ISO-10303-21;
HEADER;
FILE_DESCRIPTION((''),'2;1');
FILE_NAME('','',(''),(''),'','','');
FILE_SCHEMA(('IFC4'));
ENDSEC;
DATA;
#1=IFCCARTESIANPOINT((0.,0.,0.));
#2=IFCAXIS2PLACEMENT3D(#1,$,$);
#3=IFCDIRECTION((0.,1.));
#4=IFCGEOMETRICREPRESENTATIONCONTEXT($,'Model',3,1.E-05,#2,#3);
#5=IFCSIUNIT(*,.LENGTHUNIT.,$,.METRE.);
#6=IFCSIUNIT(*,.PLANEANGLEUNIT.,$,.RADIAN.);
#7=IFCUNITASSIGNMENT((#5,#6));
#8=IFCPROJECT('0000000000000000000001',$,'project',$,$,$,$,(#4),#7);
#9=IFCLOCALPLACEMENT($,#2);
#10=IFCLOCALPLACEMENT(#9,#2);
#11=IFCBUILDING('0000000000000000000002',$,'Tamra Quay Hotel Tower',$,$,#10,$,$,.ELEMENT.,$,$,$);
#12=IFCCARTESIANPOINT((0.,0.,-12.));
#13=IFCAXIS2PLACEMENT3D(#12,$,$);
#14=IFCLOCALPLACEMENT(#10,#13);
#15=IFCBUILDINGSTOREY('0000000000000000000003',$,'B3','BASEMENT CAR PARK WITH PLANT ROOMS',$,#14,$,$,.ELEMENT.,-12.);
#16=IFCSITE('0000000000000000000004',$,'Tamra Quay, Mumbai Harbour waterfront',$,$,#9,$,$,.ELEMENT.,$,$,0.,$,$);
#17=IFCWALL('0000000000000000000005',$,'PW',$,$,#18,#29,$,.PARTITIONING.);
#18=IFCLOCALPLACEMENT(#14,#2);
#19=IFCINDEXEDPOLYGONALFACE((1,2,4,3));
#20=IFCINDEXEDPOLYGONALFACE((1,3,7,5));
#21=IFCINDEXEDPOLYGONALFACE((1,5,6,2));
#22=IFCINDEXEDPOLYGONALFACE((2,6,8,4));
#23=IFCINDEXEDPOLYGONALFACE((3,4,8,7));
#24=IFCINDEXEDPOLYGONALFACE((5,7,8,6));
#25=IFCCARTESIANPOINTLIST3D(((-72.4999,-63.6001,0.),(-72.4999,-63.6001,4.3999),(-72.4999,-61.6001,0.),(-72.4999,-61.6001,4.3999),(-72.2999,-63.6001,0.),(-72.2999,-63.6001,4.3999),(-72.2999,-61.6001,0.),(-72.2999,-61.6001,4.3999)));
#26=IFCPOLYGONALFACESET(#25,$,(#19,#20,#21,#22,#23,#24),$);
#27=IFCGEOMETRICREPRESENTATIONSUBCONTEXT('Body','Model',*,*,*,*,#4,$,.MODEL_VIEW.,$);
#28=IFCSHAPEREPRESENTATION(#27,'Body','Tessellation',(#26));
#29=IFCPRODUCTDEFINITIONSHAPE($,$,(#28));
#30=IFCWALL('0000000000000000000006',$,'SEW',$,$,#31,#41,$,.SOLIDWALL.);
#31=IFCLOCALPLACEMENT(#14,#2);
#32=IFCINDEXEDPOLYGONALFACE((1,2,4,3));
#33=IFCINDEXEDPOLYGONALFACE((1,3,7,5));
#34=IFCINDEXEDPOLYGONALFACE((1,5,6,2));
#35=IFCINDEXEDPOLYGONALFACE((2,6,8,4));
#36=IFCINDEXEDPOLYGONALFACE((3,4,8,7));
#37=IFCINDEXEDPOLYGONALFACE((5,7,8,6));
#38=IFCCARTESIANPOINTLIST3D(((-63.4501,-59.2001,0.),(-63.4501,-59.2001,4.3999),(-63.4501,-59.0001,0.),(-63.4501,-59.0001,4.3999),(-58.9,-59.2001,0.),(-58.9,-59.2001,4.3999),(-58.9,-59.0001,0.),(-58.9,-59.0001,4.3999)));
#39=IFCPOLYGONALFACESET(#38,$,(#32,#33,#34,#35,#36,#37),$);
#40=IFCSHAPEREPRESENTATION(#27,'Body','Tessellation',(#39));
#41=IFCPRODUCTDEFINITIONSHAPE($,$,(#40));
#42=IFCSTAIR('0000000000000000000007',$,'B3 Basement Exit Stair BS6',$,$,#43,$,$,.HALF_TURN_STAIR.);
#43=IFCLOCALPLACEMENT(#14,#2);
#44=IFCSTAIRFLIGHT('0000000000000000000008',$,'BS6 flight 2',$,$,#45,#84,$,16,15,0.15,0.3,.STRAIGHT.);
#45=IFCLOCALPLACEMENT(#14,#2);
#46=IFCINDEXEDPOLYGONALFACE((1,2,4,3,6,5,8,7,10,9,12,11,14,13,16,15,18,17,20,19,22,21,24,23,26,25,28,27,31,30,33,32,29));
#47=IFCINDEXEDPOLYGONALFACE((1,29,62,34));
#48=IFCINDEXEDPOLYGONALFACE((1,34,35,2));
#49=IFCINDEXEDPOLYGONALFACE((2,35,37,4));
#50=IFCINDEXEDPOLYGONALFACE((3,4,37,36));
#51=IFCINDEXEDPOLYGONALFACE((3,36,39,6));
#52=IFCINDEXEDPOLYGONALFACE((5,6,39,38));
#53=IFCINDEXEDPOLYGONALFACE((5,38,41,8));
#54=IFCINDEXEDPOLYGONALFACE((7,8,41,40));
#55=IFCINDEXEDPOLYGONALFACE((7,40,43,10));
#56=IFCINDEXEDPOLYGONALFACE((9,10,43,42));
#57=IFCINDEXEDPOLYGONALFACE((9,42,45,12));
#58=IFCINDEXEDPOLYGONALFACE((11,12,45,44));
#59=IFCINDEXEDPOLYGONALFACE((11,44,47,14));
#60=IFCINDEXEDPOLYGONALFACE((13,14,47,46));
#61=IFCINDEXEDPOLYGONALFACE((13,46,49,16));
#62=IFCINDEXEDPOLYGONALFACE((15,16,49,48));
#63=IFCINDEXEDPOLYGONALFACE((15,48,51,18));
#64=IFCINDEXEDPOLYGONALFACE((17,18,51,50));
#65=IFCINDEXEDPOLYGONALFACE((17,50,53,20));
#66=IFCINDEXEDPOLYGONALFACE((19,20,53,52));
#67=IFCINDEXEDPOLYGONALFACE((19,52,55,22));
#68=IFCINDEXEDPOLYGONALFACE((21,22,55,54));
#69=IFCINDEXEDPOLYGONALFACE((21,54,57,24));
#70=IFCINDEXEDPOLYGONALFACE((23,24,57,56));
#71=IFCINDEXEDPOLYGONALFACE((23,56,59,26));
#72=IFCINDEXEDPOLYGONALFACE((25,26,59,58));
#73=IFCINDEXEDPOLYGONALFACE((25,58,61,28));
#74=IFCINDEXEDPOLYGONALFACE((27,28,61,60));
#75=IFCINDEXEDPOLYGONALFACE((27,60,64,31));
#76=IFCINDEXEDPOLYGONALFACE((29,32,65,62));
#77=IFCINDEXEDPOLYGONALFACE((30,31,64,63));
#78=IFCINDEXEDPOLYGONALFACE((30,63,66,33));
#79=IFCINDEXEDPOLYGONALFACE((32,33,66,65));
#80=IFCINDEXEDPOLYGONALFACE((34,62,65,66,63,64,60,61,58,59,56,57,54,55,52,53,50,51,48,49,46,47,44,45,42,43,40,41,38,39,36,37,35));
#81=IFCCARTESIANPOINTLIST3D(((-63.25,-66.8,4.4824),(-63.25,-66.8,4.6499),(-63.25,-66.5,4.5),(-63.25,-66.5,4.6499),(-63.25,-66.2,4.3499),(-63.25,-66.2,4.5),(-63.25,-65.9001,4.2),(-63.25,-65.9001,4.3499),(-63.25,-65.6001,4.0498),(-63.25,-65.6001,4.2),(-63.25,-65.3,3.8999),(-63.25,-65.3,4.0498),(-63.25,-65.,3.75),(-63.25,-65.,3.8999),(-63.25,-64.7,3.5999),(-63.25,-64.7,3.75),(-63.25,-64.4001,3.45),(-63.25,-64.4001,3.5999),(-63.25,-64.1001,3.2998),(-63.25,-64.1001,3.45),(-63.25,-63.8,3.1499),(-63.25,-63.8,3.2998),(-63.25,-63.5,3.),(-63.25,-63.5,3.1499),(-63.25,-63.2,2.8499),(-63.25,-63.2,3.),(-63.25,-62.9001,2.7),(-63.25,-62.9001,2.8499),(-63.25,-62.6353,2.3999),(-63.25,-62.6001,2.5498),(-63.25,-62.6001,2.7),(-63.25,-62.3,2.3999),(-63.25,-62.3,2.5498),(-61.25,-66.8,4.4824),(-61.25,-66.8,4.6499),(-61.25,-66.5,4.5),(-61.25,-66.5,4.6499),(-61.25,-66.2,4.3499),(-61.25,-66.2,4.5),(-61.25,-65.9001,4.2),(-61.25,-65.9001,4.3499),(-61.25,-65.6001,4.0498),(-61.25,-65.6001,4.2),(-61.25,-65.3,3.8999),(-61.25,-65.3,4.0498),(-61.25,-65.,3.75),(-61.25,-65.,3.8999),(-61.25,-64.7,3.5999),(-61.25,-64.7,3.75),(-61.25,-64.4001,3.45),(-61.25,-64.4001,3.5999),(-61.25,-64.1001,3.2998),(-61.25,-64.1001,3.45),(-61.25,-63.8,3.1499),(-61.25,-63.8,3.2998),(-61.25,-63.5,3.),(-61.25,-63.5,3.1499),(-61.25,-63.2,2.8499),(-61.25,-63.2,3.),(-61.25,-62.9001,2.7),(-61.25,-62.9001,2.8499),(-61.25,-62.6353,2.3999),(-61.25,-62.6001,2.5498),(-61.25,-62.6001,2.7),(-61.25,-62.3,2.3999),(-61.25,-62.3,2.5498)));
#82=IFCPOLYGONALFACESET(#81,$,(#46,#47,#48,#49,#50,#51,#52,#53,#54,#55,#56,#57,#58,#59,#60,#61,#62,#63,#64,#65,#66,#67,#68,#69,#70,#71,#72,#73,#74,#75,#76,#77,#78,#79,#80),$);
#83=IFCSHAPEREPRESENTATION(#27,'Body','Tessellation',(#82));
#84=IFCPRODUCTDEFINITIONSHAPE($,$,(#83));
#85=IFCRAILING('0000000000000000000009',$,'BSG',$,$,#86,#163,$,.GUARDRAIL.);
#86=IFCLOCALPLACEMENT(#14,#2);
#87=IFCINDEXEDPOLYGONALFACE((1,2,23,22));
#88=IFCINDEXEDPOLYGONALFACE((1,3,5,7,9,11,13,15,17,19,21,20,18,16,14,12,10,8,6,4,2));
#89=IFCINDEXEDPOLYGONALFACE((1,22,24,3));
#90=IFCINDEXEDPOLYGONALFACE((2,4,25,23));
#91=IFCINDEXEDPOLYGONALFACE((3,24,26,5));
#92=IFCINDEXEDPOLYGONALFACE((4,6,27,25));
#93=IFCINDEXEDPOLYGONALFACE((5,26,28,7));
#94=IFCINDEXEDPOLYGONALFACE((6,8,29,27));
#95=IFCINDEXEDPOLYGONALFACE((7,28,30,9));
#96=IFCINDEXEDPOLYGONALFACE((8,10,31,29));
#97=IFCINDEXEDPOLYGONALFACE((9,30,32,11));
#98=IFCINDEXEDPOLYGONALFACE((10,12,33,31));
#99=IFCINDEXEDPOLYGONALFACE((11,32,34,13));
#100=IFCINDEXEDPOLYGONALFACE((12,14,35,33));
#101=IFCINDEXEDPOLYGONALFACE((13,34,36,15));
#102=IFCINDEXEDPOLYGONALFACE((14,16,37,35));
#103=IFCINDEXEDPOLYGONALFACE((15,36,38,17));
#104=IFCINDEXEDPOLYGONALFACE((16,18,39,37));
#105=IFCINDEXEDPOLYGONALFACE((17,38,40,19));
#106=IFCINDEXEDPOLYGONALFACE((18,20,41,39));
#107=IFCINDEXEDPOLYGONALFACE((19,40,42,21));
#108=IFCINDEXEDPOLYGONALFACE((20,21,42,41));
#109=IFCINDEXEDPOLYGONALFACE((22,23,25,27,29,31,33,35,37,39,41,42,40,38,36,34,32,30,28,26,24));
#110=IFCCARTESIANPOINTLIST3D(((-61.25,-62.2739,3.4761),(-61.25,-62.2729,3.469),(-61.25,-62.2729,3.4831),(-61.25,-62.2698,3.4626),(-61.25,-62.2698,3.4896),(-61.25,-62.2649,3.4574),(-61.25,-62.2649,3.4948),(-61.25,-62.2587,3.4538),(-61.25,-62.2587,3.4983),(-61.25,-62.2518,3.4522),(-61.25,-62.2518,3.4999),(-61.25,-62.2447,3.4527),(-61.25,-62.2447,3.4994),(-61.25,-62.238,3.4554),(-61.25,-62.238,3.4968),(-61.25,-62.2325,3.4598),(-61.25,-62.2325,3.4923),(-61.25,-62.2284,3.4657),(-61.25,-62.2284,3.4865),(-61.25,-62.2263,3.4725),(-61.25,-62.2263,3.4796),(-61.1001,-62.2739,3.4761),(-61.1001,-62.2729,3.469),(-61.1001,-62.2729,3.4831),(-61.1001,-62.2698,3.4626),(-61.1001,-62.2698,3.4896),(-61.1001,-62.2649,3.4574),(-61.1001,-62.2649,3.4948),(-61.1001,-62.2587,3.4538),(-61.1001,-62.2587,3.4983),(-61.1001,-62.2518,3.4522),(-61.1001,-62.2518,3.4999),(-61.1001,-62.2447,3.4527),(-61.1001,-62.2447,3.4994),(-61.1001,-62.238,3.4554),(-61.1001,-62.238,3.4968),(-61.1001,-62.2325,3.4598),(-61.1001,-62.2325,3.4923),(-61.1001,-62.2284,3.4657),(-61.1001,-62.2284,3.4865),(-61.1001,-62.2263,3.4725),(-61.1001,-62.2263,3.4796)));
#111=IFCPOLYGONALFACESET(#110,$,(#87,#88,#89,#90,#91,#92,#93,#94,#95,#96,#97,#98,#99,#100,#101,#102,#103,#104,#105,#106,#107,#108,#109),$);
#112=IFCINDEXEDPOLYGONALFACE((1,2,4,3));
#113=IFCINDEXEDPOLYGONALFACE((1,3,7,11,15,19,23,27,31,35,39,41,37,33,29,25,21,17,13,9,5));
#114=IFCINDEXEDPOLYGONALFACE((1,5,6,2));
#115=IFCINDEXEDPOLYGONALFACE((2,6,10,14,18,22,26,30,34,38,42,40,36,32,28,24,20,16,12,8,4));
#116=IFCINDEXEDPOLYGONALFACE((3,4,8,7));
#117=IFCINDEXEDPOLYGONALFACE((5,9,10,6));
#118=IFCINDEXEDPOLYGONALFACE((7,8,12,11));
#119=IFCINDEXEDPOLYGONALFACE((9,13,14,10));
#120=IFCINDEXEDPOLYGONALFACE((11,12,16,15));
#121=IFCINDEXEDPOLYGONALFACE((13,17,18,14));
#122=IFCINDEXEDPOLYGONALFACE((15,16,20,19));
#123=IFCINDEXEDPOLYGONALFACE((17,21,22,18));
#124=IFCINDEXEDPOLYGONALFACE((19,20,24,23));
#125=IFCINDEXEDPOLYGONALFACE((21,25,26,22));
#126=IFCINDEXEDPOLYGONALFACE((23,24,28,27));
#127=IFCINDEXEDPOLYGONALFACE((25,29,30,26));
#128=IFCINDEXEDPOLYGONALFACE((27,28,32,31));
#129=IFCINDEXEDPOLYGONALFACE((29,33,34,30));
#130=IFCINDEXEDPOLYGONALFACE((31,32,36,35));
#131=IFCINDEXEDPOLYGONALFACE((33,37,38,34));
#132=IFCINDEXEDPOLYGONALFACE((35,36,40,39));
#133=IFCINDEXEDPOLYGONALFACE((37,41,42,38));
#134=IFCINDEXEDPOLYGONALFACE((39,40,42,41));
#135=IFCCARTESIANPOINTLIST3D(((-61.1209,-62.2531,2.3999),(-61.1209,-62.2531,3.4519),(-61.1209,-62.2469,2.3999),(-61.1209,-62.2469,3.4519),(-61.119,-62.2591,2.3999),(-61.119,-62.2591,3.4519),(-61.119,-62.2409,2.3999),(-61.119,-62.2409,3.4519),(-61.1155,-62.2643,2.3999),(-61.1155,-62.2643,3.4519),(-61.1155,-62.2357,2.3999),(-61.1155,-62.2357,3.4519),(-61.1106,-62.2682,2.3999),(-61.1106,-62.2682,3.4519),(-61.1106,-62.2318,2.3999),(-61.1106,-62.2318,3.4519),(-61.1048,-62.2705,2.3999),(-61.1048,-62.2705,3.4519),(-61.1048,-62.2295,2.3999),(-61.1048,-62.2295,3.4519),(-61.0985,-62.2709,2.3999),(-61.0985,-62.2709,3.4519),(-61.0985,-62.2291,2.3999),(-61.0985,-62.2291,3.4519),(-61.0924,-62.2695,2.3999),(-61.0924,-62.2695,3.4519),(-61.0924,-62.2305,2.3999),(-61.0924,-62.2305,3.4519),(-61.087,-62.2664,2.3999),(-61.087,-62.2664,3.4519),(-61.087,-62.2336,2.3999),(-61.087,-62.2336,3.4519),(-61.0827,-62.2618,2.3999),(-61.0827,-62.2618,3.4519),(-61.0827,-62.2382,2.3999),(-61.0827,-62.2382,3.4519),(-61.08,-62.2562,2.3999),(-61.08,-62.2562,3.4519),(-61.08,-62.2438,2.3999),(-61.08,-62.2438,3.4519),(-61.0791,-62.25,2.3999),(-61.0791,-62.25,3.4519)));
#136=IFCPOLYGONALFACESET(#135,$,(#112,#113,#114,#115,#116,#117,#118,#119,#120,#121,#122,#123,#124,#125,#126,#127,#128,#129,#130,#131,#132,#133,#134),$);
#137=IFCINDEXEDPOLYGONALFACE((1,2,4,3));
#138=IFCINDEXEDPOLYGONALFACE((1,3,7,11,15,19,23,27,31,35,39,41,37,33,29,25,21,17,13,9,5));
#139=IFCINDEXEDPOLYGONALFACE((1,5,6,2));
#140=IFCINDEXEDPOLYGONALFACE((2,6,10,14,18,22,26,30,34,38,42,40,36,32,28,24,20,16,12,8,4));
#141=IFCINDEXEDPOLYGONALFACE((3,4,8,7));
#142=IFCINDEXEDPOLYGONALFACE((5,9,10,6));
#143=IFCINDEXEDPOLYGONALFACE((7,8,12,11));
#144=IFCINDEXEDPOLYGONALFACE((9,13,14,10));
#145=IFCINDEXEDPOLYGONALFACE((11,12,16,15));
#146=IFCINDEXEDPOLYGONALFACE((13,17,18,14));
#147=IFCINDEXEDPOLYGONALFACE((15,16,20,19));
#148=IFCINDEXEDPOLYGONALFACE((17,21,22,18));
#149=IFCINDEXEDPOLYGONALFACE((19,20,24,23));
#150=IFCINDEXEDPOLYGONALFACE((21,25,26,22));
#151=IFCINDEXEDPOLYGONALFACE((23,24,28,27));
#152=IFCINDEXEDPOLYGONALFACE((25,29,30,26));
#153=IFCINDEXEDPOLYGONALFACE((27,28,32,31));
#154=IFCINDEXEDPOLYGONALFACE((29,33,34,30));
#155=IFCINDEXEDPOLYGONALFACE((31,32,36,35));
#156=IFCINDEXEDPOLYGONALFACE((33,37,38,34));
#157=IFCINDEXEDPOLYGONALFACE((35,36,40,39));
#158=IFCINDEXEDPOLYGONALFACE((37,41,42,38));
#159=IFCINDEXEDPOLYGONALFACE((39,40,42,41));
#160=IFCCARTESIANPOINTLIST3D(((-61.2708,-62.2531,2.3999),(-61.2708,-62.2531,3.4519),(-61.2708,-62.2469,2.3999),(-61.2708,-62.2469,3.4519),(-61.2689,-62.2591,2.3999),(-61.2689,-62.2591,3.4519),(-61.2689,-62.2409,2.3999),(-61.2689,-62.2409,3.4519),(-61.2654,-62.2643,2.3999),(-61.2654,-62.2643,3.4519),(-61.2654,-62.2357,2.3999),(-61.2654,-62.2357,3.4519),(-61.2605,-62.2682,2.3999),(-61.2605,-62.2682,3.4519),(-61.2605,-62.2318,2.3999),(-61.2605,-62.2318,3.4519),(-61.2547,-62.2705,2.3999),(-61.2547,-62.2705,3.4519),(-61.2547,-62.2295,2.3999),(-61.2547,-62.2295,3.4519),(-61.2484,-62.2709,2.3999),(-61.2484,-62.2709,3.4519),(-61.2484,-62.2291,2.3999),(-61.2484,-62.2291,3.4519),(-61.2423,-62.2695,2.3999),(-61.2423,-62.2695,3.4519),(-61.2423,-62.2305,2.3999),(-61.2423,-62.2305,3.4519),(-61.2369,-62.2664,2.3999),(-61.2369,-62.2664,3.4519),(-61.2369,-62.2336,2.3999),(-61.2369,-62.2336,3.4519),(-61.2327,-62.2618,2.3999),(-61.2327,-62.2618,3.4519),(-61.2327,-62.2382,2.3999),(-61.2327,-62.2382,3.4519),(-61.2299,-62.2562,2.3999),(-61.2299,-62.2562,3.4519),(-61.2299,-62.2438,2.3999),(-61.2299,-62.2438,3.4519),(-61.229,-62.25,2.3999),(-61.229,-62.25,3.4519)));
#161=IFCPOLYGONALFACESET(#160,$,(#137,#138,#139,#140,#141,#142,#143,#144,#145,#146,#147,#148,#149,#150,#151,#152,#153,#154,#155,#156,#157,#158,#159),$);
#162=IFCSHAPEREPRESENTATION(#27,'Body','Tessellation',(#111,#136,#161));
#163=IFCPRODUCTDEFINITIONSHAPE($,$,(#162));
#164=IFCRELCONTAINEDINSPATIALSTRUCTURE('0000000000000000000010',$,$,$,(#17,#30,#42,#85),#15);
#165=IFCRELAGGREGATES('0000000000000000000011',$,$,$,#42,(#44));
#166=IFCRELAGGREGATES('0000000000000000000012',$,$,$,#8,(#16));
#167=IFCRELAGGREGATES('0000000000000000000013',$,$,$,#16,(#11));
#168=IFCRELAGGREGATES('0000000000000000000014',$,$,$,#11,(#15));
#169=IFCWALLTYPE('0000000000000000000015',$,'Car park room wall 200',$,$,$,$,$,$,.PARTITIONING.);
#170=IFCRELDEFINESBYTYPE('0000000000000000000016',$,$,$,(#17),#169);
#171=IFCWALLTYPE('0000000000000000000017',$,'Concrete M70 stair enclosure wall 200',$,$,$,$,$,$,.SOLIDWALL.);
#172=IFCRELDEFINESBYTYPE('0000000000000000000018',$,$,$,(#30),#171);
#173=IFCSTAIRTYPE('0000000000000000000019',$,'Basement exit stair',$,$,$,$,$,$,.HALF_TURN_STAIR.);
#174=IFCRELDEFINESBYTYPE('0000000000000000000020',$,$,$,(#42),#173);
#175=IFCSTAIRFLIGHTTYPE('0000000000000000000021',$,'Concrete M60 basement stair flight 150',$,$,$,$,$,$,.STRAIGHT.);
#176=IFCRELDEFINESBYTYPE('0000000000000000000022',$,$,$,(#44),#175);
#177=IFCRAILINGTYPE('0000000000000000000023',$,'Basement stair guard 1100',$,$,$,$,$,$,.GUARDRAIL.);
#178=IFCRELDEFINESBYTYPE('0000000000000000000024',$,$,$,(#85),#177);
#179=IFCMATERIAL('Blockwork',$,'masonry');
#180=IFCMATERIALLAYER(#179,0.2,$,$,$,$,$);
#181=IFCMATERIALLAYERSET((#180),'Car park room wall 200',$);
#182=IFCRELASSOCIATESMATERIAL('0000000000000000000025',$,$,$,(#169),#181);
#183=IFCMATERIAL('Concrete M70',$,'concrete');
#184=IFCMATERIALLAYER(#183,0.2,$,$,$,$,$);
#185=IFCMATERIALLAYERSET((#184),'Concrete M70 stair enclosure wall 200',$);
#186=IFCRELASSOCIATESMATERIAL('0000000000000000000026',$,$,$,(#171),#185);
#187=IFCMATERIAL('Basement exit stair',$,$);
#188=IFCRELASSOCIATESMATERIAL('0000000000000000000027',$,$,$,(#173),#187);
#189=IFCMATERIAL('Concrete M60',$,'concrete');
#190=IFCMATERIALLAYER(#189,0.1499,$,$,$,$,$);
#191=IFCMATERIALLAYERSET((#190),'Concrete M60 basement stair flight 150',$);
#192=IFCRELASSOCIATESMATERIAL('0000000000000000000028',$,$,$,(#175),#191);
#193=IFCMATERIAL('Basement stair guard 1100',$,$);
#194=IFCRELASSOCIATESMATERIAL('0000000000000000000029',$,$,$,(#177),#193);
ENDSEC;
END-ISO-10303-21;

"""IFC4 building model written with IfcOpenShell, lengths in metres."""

from ifc_helpers import new_model, si_unit, direction, frame, frame_2d, origin, origin_2d, place, context, subcontext, project, spatial, polyline, rectangle, circle, outline, extrude, material, layer, layer_set, type_object, element, aggregate, save


model = new_model("IFC4")

# Units and contexts
model_context = context("Model", 3, precision=1e-05, world=origin(), true_north=direction((0.0, 1.0)))
body_context = subcontext(model_context, "Body", "Model", "MODEL_VIEW")
ifc_project = project(units=[si_unit("LENGTHUNIT", "METRE"), si_unit("PLANEANGLEUNIT", "RADIAN")], contexts=[model_context])

# Site, building, storey
site_placement = place(None, origin())
site = spatial("IfcSite", under=ifc_project, at=site_placement, Name="Tamra Quay, Mumbai Harbour waterfront", CompositionType="ELEMENT", RefElevation=0.0)
building_placement = place(site_placement, origin())
building = spatial("IfcBuilding", under=site, at=building_placement, Name="Tamra Quay Hotel Tower", CompositionType="ELEMENT")
storey_placement = place(building_placement, frame((0.0, 0.0, -12.0)))
storey = spatial("IfcBuildingStorey", under=building, at=storey_placement, Name="B3", Description="BASEMENT CAR PARK WITH PLANT ROOMS", CompositionType="ELEMENT", Elevation=-12.0)

# Shared definitions
ifc_material_1 = material(Name="Concrete M70", Category="concrete")

# Shared definitions
ifc_material_2 = material(Name="Blockwork", Category="masonry")
ifc_layer_1 = layer(ifc_material_2, 0.2)
ifc_layer_set_1 = layer_set([ifc_layer_1], Name="Car park room wall 200")
wall_type_1 = type_object("IfcWallType", Name="Car park room wall 200", PredefinedType="PARTITIONING", material=ifc_layer_set_1)

# Walls
wall_1_placement = place(storey_placement, frame((-72.3999, -63.6001, 0.0), z_axis=(0.0, 0.0, 1.0), x_axis=(0.0, 1.0, 0.0)))
element("IfcWall", 1, at=wall_1_placement, inside=storey, type_object=wall_type_1, Name="PW", PredefinedType="PARTITIONING", context=body_context, shape_type="SweptSolid", body=[
    extrude(rectangle(XDim=2.0, YDim=0.2, at=frame_2d((1.0, 0.0))), origin(), (0.0, 0.0, 1.0), 4.3999),
])
ifc_layer_2 = layer(ifc_material_1, 0.2)
ifc_layer_set_2 = layer_set([ifc_layer_2], Name="Concrete M70 stair enclosure wall 200")
wall_type_2 = type_object("IfcWallType", Name="Concrete M70 stair enclosure wall 200", PredefinedType="SOLIDWALL", material=ifc_layer_set_2)
wall_2_placement = place(storey_placement, frame((-63.45, -59.1001, 0.0), z_axis=(0.0, 0.0, 1.0), x_axis=(1.0, 0.0, 0.0)))
element("IfcWall", 2, at=wall_2_placement, inside=storey, type_object=wall_type_2, Name="SEW", PredefinedType="SOLIDWALL", context=body_context, shape_type="SweptSolid", body=[
    extrude(rectangle(XDim=4.55, YDim=0.2, at=frame_2d((2.2749, 0.0))), origin(), (0.0, 0.0, 1.0), 4.3999),
])

# Stair, stair flight
ifc_material_3 = material(Name="Basement exit stair")
stair_type = type_object("IfcStairType", Name="Basement exit stair", PredefinedType="HALF_TURN_STAIR", material=ifc_material_3)
stair_placement = place(storey_placement, origin())
stair = element("IfcStair", 3, at=stair_placement, inside=storey, type_object=stair_type, Name="B3 Basement Exit Stair BS6", PredefinedType="HALF_TURN_STAIR")
ifc_material_4 = material(Name="Concrete M60", Category="concrete")
ifc_layer_3 = layer(ifc_material_4, 0.1499)
ifc_layer_set_3 = layer_set([ifc_layer_3], Name="Concrete M60 basement stair flight 150")
stair_flight_type = type_object("IfcStairFlightType", Name="Concrete M60 basement stair flight 150", PredefinedType="STRAIGHT", material=ifc_layer_set_3)
stair_flight_placement = place(storey_placement, frame((-62.25, -62.3, 2.3999), z_axis=(0.0, 0.0, 1.0), x_axis=(0.0, -1.0, 0.0)))
stair_flight = element("IfcStairFlight", 4, at=stair_flight_placement, type_object=stair_flight_type, Name="BS6 flight 2", NumberOfRisers=16, NumberOfTreads=15, PredefinedType="STRAIGHT", RiserHeight=0.15, TreadLength=0.3, context=body_context, shape_type="SweptSolid", body=[
    extrude(outline(polyline([(0.0, 0.0), (0.0, 0.1499), (0.3, 0.1499), (0.3, 0.3), (0.6001, 0.3), (0.6001, 0.45), (0.8999, 0.45), (0.8999, 0.6001), (1.2, 0.6001), (1.2, 0.75), (1.5, 0.75), (1.5, 0.8999), (1.8, 0.8999), (1.8, 1.05), (2.1001, 1.05), (2.1001, 1.2), (2.3999, 1.2), (2.3999, 1.3501), (2.7, 1.3501), (2.7, 1.5), (3.0, 1.5), (3.0, 1.6499), (3.3, 1.6499), (3.3, 1.8), (3.6001, 1.8), (3.6001, 1.95), (3.8999, 1.95), (3.8999, 2.1001), (4.2, 2.1001), (4.2, 2.25), (4.5, 2.25), (4.5, 2.3999), (4.5, 2.0825), (0.3352, 0.0), (0.0, 0.0)])), frame((0.0, 1.0, 0.0), z_axis=(0.0, -1.0, 0.0), x_axis=(1.0, 0.0, 0.0)), (0.0, 0.0, 1.0), 2.0),
])
aggregate(stair, [stair_flight])

# Railing
ifc_material_5 = material(Name="Basement stair guard 1100")
railing_type_1 = type_object("IfcRailingType", Name="Basement stair guard 1100", PredefinedType="GUARDRAIL", material=ifc_material_5)
railing_1_placement = place(storey_placement, frame((-61.1001, -62.25, 2.3999)))
element("IfcRailing", 5, at=railing_1_placement, inside=storey, type_object=railing_type_1, Name="BSG", PredefinedType="GUARDRAIL", context=body_context, shape_type="SweptSolid", body=[
    extrude(circle(Radius=0.0239, at=origin_2d()), frame((0.0, 0.0, 1.0762), z_axis=(-1.0, 0.0, 0.0), x_axis=(0.0, -1.0, 0.0)), (0.0, 0.0, 1.0), 0.1499),
    extrude(circle(Radius=0.021, at=origin_2d()), origin(), (0.0, 0.0, 1.0), 1.052),
    extrude(circle(Radius=0.021, at=origin_2d()), frame((-0.1499, 0.0, 0.0)), (0.0, 0.0, 1.0), 1.052),
])

save(model, "model.ifc")
